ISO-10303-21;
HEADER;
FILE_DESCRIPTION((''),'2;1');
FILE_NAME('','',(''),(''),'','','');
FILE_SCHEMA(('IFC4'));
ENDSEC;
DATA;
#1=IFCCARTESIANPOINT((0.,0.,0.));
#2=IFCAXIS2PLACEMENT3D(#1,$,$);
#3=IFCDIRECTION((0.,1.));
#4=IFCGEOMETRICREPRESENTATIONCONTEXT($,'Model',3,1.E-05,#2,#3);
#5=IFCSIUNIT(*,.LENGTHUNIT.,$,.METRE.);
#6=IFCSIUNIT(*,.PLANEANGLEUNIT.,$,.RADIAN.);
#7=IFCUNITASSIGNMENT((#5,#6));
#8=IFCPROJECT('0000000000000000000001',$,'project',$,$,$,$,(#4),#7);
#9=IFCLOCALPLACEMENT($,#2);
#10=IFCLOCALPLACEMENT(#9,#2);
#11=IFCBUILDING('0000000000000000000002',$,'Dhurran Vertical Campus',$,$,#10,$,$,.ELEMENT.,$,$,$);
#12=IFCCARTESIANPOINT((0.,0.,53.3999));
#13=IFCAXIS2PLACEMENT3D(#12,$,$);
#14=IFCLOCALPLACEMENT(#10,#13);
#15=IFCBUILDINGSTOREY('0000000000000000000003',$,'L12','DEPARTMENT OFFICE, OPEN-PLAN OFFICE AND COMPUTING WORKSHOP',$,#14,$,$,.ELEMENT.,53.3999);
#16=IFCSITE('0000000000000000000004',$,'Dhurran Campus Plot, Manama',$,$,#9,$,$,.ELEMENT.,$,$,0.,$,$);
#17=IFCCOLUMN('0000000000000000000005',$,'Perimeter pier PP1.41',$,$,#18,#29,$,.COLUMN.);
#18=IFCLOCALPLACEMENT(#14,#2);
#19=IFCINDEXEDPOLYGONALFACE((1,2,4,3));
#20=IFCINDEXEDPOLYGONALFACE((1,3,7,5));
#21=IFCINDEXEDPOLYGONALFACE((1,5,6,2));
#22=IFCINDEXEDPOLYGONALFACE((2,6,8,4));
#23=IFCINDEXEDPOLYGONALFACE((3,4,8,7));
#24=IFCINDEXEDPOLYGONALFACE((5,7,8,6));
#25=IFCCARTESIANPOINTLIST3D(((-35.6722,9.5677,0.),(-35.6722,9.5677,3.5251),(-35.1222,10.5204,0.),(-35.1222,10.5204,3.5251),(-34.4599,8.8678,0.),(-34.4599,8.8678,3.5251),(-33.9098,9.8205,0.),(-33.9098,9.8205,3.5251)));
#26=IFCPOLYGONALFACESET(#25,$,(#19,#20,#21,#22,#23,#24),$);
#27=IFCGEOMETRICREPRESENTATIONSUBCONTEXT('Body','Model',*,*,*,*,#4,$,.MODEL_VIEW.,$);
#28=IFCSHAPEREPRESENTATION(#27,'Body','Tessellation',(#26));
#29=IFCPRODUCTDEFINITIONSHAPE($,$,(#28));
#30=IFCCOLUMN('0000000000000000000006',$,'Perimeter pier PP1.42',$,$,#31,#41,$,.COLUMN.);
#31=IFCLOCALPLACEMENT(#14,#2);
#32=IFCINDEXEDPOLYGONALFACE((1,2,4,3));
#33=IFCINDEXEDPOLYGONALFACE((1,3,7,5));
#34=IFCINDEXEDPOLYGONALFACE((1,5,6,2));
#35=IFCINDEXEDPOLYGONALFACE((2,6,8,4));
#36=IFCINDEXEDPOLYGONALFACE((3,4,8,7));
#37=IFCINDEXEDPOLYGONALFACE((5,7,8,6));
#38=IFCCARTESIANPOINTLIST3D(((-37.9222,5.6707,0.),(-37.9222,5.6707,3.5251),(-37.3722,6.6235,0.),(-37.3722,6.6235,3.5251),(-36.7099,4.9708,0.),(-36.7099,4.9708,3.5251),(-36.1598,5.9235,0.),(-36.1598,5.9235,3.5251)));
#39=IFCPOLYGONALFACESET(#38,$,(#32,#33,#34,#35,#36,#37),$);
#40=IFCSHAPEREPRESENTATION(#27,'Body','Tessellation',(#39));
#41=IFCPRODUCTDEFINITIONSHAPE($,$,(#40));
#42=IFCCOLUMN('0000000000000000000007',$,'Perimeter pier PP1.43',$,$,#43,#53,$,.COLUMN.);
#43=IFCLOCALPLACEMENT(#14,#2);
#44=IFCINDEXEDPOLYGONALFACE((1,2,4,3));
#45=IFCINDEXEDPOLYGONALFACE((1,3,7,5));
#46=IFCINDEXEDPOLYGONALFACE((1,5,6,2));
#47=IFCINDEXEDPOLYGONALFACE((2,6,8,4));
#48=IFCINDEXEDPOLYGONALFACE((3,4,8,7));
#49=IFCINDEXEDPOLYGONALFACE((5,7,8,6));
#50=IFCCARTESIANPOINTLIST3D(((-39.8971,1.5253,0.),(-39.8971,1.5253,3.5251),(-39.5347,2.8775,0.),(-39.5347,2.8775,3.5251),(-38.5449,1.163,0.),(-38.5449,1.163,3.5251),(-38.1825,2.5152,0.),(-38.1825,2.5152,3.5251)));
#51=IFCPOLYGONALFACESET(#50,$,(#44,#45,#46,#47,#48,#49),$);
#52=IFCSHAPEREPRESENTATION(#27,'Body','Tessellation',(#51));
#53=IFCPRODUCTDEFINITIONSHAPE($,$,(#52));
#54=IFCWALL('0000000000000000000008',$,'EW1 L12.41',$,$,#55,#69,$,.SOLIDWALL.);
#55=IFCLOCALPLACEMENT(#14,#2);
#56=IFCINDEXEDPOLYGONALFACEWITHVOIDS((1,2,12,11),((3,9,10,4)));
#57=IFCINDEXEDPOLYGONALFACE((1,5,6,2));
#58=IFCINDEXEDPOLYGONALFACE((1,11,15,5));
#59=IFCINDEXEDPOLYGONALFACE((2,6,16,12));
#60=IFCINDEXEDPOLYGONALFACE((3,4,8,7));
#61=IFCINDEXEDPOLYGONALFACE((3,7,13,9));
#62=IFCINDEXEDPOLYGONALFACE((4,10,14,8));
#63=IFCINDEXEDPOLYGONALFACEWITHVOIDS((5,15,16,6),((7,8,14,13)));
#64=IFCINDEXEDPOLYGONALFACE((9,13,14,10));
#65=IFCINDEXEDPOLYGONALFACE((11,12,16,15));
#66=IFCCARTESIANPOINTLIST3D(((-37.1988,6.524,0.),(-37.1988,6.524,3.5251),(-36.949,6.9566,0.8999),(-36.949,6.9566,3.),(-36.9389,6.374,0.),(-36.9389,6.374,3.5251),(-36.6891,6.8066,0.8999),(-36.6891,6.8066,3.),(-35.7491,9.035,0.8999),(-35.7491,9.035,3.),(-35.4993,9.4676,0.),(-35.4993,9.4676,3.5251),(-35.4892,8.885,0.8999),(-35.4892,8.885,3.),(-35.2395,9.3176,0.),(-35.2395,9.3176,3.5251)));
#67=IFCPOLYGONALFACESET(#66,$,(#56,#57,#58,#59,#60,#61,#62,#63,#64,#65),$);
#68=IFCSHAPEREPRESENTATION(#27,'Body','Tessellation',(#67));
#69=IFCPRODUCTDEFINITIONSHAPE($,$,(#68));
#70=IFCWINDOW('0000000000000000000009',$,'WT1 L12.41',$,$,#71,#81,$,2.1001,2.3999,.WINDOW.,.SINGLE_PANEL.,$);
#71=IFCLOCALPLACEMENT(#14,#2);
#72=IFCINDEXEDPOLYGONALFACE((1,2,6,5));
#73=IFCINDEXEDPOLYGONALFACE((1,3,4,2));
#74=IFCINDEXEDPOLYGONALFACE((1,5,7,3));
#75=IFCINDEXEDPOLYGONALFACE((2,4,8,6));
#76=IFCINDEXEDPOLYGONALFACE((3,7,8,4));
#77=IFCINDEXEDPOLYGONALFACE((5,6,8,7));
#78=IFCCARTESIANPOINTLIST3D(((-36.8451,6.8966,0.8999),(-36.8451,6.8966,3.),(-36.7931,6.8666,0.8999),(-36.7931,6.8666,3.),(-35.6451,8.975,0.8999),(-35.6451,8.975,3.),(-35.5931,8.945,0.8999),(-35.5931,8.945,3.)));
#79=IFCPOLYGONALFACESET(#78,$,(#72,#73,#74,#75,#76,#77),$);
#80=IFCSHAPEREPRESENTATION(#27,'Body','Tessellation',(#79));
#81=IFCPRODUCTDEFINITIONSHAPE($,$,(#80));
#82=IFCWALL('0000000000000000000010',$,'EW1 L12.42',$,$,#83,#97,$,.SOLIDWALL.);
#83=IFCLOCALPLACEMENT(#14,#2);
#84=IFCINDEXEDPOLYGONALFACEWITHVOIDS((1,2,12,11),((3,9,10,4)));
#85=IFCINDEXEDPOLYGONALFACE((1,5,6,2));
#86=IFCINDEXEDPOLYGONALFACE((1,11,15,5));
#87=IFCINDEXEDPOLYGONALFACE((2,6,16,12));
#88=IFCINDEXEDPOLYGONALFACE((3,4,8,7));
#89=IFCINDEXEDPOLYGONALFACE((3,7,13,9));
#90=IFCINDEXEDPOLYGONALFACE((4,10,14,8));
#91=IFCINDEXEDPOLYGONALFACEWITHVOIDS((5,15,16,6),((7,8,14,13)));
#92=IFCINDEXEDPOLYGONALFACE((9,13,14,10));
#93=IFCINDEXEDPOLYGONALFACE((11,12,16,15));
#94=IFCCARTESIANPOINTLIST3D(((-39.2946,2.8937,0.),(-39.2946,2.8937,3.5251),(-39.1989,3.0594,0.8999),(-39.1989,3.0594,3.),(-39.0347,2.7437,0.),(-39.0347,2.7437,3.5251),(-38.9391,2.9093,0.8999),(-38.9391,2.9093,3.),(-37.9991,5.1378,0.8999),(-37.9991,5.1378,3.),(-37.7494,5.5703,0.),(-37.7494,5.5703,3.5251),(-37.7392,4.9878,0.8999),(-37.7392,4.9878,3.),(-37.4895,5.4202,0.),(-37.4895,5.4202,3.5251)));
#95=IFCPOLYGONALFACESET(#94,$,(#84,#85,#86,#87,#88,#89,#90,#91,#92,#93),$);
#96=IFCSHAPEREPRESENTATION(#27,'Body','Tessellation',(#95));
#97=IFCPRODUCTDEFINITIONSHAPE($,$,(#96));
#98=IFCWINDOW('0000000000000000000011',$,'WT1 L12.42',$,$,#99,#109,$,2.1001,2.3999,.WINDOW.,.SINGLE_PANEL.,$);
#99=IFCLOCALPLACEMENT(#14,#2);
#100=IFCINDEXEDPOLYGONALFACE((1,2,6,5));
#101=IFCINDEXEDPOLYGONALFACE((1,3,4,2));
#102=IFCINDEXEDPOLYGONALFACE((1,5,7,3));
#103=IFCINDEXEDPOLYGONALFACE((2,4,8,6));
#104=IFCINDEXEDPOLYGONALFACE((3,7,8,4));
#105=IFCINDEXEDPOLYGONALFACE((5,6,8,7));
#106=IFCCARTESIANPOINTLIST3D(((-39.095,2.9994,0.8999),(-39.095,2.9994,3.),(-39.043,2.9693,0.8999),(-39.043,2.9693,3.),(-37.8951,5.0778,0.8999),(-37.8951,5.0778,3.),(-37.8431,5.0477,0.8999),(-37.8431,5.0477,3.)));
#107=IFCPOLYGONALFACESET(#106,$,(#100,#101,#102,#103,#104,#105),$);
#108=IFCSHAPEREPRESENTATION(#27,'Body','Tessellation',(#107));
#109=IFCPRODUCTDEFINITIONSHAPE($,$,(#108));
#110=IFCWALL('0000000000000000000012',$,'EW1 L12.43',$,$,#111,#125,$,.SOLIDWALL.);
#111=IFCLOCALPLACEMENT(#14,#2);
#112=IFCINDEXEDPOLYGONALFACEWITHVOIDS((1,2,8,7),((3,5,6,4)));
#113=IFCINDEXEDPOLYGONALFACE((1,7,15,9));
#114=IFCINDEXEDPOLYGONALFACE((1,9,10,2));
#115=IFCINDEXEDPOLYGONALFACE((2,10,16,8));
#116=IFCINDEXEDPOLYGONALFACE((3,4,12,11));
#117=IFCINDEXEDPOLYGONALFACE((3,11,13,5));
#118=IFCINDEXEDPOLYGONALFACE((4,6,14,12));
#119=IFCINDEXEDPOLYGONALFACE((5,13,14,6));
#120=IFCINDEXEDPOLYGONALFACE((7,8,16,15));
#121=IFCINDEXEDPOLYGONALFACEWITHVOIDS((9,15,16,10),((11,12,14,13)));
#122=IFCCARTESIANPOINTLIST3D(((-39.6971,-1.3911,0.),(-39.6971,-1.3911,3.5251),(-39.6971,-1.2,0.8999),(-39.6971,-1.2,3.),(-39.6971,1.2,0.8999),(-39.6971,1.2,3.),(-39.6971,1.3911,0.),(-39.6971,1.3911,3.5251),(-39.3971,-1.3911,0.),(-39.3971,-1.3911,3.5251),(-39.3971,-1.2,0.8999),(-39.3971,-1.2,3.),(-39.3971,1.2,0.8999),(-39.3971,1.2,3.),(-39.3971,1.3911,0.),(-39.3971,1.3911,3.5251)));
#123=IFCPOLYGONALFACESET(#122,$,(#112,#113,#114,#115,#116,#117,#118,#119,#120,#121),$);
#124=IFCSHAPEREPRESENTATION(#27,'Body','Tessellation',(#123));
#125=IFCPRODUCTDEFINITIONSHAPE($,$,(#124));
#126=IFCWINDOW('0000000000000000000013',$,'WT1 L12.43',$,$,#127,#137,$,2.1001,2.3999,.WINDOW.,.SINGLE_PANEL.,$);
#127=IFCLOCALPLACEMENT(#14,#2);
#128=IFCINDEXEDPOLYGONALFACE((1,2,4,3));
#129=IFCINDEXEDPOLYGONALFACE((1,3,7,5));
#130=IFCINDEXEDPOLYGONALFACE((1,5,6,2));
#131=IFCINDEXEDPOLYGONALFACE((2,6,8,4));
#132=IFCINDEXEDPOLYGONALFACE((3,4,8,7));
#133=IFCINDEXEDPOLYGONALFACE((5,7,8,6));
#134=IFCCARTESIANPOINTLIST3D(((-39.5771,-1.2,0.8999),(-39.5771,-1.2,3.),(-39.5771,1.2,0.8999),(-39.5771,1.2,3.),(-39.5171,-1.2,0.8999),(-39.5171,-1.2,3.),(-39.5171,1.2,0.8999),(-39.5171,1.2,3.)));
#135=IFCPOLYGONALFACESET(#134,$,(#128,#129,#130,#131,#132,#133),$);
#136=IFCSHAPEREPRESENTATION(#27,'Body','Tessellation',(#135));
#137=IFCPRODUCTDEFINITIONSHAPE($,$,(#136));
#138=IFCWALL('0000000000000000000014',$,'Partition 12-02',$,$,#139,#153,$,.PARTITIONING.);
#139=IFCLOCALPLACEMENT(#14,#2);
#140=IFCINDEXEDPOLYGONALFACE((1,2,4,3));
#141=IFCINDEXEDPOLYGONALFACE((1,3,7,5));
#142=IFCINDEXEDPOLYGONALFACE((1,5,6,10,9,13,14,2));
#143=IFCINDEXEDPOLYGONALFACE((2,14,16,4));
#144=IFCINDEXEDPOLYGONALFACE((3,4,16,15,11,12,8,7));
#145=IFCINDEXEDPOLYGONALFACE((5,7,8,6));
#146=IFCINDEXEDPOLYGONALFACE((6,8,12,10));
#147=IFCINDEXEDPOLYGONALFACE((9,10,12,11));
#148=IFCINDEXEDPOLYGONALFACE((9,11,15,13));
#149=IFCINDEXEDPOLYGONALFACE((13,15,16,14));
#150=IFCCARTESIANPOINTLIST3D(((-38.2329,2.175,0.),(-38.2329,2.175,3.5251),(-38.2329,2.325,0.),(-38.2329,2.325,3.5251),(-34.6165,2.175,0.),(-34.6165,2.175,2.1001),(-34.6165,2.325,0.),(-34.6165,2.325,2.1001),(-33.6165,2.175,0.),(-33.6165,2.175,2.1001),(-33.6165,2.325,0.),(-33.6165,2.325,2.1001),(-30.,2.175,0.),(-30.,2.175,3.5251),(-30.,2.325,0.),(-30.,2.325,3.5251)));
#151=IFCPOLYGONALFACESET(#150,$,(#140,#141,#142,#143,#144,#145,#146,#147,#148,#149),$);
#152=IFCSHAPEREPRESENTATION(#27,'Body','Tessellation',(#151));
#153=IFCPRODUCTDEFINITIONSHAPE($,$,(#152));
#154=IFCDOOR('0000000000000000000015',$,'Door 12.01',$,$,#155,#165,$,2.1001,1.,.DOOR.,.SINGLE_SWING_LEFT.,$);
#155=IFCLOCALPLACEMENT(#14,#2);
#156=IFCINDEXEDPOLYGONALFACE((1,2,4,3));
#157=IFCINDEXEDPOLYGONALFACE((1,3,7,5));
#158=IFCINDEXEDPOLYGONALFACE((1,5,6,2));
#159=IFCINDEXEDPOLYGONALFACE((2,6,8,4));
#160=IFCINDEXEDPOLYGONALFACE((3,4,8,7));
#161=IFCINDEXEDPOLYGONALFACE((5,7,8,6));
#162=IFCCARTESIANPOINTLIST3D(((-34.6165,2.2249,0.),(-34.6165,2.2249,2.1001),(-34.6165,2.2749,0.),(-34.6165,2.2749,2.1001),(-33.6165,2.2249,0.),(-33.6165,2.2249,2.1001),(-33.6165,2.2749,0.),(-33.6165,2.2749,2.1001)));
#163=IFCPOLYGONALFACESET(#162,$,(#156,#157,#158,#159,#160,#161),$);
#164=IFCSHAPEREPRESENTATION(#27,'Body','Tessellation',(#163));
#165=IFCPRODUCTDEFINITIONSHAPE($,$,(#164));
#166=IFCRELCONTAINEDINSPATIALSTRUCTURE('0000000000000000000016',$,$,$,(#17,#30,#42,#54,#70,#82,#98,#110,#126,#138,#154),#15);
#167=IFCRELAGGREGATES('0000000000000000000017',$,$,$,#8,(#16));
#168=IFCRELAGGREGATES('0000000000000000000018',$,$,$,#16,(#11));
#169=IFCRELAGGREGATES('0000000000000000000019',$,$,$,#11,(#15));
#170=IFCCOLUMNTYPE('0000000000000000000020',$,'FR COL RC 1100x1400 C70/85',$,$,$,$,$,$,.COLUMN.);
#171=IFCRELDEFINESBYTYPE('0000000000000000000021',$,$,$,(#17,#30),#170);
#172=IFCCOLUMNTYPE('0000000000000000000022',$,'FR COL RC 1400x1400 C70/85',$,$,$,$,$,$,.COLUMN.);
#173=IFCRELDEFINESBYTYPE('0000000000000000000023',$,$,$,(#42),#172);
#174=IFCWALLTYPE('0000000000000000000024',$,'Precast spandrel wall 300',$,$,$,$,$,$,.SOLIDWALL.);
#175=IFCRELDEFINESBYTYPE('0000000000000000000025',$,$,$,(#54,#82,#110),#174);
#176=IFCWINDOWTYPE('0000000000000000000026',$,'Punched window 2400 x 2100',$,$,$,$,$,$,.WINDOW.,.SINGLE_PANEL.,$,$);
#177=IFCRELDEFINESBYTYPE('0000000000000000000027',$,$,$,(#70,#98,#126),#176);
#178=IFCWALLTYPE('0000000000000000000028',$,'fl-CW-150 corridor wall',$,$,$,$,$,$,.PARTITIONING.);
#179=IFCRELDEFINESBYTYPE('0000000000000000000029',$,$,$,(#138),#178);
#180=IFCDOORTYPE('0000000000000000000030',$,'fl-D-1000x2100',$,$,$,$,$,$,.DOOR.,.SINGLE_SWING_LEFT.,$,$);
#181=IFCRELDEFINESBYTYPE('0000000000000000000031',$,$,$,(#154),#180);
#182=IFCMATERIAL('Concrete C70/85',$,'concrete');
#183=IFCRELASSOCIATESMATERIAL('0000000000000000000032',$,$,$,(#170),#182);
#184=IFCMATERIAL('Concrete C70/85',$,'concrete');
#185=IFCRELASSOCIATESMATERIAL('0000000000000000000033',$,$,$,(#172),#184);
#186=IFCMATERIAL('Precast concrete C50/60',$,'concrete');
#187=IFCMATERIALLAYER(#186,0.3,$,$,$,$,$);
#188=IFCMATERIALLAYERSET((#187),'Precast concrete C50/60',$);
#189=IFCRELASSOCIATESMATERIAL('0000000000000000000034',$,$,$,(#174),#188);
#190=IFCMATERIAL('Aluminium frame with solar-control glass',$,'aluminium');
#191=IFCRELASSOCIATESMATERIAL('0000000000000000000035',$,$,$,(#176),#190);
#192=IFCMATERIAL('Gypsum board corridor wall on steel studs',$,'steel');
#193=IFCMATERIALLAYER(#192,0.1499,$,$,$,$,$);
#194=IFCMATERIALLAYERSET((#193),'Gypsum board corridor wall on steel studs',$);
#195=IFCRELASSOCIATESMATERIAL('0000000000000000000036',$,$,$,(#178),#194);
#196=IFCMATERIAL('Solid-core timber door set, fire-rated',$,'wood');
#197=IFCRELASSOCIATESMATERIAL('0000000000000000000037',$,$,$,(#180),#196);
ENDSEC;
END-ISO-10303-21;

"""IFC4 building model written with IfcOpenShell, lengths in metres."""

from ifc_helpers import new_model, si_unit, direction, frame, frame_2d, origin, origin_2d, place, context, subcontext, project, spatial, rectangle, extrude, material, layer, layer_set, material_profile, profile_set, type_object, element, fill, save


model = new_model("IFC4")

# Units and contexts
model_context = context("Model", 3, precision=1e-05, world=origin(), true_north=direction((0.0, 1.0)))
body_context = subcontext(model_context, "Body", "Model", "MODEL_VIEW")
ifc_project = project(units=[si_unit("LENGTHUNIT", "METRE"), si_unit("PLANEANGLEUNIT", "RADIAN")], contexts=[model_context])

# Site, building, storey
site_placement = place(None, origin())
site = spatial("IfcSite", under=ifc_project, at=site_placement, Name="Dhurran Campus Plot, Manama", CompositionType="ELEMENT", RefElevation=0.0)
building_placement = place(site_placement, origin())
building = spatial("IfcBuilding", under=site, at=building_placement, Name="Dhurran Vertical Campus", CompositionType="ELEMENT")
storey_placement = place(building_placement, frame((0.0, 0.0, 53.3999)))
storey = spatial("IfcBuildingStorey", under=building, at=storey_placement, Name="L12", Description="DEPARTMENT OFFICE, OPEN-PLAN OFFICE AND COMPUTING WORKSHOP", CompositionType="ELEMENT", Elevation=53.3999)

# Columns
ifc_material_1 = material(Name="Concrete C70/85", Category="concrete")
ifc_material_profile_1 = material_profile(ifc_material_1, rectangle(XDim=1.1001, YDim=1.3999, at=origin_2d()), Name="RC 1100x1400")
ifc_profile_set_1 = profile_set([ifc_material_profile_1], Name="Concrete C70/85")
column_type_1 = type_object("IfcColumnType", Name="FR COL RC 1100x1400 C70/85", PredefinedType="COLUMN", material=ifc_profile_set_1)
for number, where, z_axis, x_axis, name in (
    (1, (-34.791, 9.6941, 0.0), (0.0, 0.0, 1.0), (-0.5, -0.866025, 0.0), "Perimeter pier PP1.41"),
    (2, (-37.041, 5.7971, 0.0), (0.0, 0.0, 1.0), (-0.5, -0.866025, 0.0), "Perimeter pier PP1.42"),
):
    element("IfcColumn", number, at=place(storey_placement, frame(where, z_axis=z_axis, x_axis=x_axis)), inside=storey, type_object=column_type_1, Name=name, PredefinedType="COLUMN", context=body_context, shape_type="SweptSolid", body=[
        extrude(rectangle(XDim=1.1001, YDim=1.3999, at=origin_2d()), origin(), (0.0, 0.0, 1.0), 3.5251),
    ])
ifc_material_2 = material(Name="Concrete C70/85", Category="concrete")
ifc_material_profile_2 = material_profile(ifc_material_2, rectangle(XDim=1.3999, YDim=1.3999, at=origin_2d()), Name="RC 1400x1400")
ifc_profile_set_2 = profile_set([ifc_material_profile_2], Name="Concrete C70/85")
column_type_2 = type_object("IfcColumnType", Name="FR COL RC 1400x1400 C70/85", PredefinedType="COLUMN", material=ifc_profile_set_2)
column_placement = place(storey_placement, frame((-39.0398, 2.0203, 0.0), z_axis=(0.0, 0.0, 1.0), x_axis=(-0.258819, -0.965926, 0.0)))
element("IfcColumn", 3, at=column_placement, inside=storey, type_object=column_type_2, Name="Perimeter pier PP1.43", PredefinedType="COLUMN", context=body_context, shape_type="SweptSolid", body=[
    extrude(rectangle(XDim=1.3999, YDim=1.3999, at=origin_2d()), origin(), (0.0, 0.0, 1.0), 3.5251),
])

# Walls, openings, windows
ifc_material_3 = material(Name="Precast concrete C50/60", Category="concrete")
ifc_layer_1 = layer(ifc_material_3, 0.3)
ifc_layer_set_1 = layer_set([ifc_layer_1], Name="Precast concrete C50/60")
wall_type_1 = type_object("IfcWallType", Name="Precast spandrel wall 300", PredefinedType="SOLIDWALL", material=ifc_layer_set_1)
wall_1_placement = place(storey_placement, frame((-35.3694, 9.3926, 0.0), z_axis=(0.0, 0.0, 1.0), x_axis=(-0.499994, -0.866029, 0.0)))
wall_1 = element("IfcWall", 4, at=wall_1_placement, inside=storey, type_object=wall_type_1, Name="EW1 L12.41", PredefinedType="SOLIDWALL", context=body_context, shape_type="SweptSolid", body=[
    extrude(rectangle(XDim=3.3989, YDim=0.3, at=frame_2d((1.6995, 0.0))), origin(), (0.0, 0.0, 1.0), 3.5251),
])
opening_1_placement = place(wall_1_placement, frame((0.4995, 0.0, 0.8999)))
opening_1 = element("IfcOpeningElement", 5, at=opening_1_placement, cuts=wall_1, PredefinedType="OPENING", context=body_context, shape_type="SweptSolid", body=[
    extrude(rectangle(XDim=2.3999, YDim=2.1001, at=frame_2d((1.2, 1.05))), frame((0.0, 0.1599, 0.0), z_axis=(0.0, -1.0, 0.0), x_axis=(1.0, 0.0, 0.0)), (0.0, 0.0, 1.0), 0.3201),
])
ifc_material_4 = material(Name="Aluminium frame with solar-control glass", Category="aluminium")
window_type = type_object("IfcWindowType", Name="Punched window 2400 x 2100", PartitioningType="SINGLE_PANEL", PredefinedType="WINDOW", material=ifc_material_4)
window_1_placement = place(opening_1_placement, origin())
window_1 = element("IfcWindow", 6, at=window_1_placement, inside=storey, type_object=window_type, Name="WT1 L12.41", OverallHeight=2.1001, OverallWidth=2.3999, PartitioningType="SINGLE_PANEL", PredefinedType="WINDOW", context=body_context, shape_type="SweptSolid", body=[
    extrude(rectangle(XDim=2.3999, YDim=2.1001, at=frame_2d((1.2, 1.05))), frame((0.0, 0.03, 0.0), z_axis=(0.0, -1.0, 0.0), x_axis=(1.0, 0.0, 0.0)), (0.0, 0.0, 1.0), 0.0601),
])
fill(opening_1, window_1)
wall_2_placement = place(storey_placement, frame((-37.6194, 5.4954, 0.0), z_axis=(0.0, 0.0, 1.0), x_axis=(-0.499971, -0.866042, 0.0)))
wall_2 = element("IfcWall", 7, at=wall_2_placement, inside=storey, type_object=wall_type_1, Name="EW1 L12.42", PredefinedType="SOLIDWALL", context=body_context, shape_type="SweptSolid", body=[
    extrude(rectangle(XDim=3.0906, YDim=0.3, at=frame_2d((1.5454, 0.0))), origin(), (0.0, 0.0, 1.0), 3.5251),
])
opening_2_placement = place(wall_2_placement, frame((0.4995, 0.0, 0.8999)))
opening_2 = element("IfcOpeningElement", 8, at=opening_2_placement, cuts=wall_2, PredefinedType="OPENING", context=body_context, shape_type="SweptSolid", body=[
    extrude(rectangle(XDim=2.3999, YDim=2.1001, at=frame_2d((1.2, 1.05))), frame((0.0, 0.1599, 0.0), z_axis=(0.0, -1.0, 0.0), x_axis=(1.0, 0.0, 0.0)), (0.0, 0.0, 1.0), 0.3201),
])
window_2_placement = place(opening_2_placement, origin())
window_2 = element("IfcWindow", 9, at=window_2_placement, inside=storey, type_object=window_type, Name="WT1 L12.42", OverallHeight=2.1001, OverallWidth=2.3999, PartitioningType="SINGLE_PANEL", PredefinedType="WINDOW", context=body_context, shape_type="SweptSolid", body=[
    extrude(rectangle(XDim=2.3999, YDim=2.1001, at=frame_2d((1.2, 1.05))), frame((0.0, 0.03, 0.0), z_axis=(0.0, -1.0, 0.0), x_axis=(1.0, 0.0, 0.0)), (0.0, 0.0, 1.0), 0.0601),
])
fill(opening_2, window_2)
wall_3_placement = place(storey_placement, frame((-39.5471, 1.3911, 0.0), z_axis=(0.0, 0.0, 1.0), x_axis=(0.0, -1.0, 0.0)))
wall_3 = element("IfcWall", 10, at=wall_3_placement, inside=storey, type_object=wall_type_1, Name="EW1 L12.43", PredefinedType="SOLIDWALL", context=body_context, shape_type="SweptSolid", body=[
    extrude(rectangle(XDim=2.7822, YDim=0.3, at=frame_2d((1.3911, 0.0))), origin(), (0.0, 0.0, 1.0), 3.5251),
])
opening_3_placement = place(wall_3_placement, frame((0.1912, 0.0, 0.8999)))
opening_3 = element("IfcOpeningElement", 11, at=opening_3_placement, cuts=wall_3, PredefinedType="OPENING", context=body_context, shape_type="SweptSolid", body=[
    extrude(rectangle(XDim=2.3999, YDim=2.1001, at=frame_2d((1.2, 1.05))), frame((0.0, 0.1599, 0.0), z_axis=(0.0, -1.0, 0.0), x_axis=(1.0, 0.0, 0.0)), (0.0, 0.0, 1.0), 0.3201),
])
window_3_placement = place(opening_3_placement, origin())
window_3 = element("IfcWindow", 12, at=window_3_placement, inside=storey, type_object=window_type, Name="WT1 L12.43", OverallHeight=2.1001, OverallWidth=2.3999, PartitioningType="SINGLE_PANEL", PredefinedType="WINDOW", context=body_context, shape_type="SweptSolid", body=[
    extrude(rectangle(XDim=2.3999, YDim=2.1001, at=frame_2d((1.2, 1.05))), frame((0.0, 0.03, 0.0), z_axis=(0.0, -1.0, 0.0), x_axis=(1.0, 0.0, 0.0)), (0.0, 0.0, 1.0), 0.0601),
])
fill(opening_3, window_3)

# Wall, opening, door
ifc_material_5 = material(Name="Gypsum board corridor wall on steel studs", Category="steel")
ifc_layer_2 = layer(ifc_material_5, 0.1499)
ifc_layer_set_2 = layer_set([ifc_layer_2], Name="Gypsum board corridor wall on steel studs")
wall_type_2 = type_object("IfcWallType", Name="fl-CW-150 corridor wall", PredefinedType="PARTITIONING", material=ifc_layer_set_2)
wall_4_placement = place(storey_placement, frame((-38.2329, 2.25, 0.0), z_axis=(0.0, 0.0, 1.0), x_axis=(1.0, 0.0, 0.0)))
wall_4 = element("IfcWall", 13, at=wall_4_placement, inside=storey, type_object=wall_type_2, Name="Partition 12-02", PredefinedType="PARTITIONING", context=body_context, shape_type="SweptSolid", body=[
    extrude(rectangle(XDim=8.2329, YDim=0.1499, at=frame_2d((4.1165, 0.0))), origin(), (0.0, 0.0, 1.0), 3.5251),
])
opening_4_placement = place(wall_4_placement, frame((3.6165, 0.0, 0.0)))
opening_4 = element("IfcOpeningElement", 14, at=opening_4_placement, cuts=wall_4, PredefinedType="OPENING", context=body_context, shape_type="SweptSolid", body=[
    extrude(rectangle(XDim=1.0, YDim=2.1001, at=frame_2d((0.5, 1.05))), frame((0.0, 0.085, 0.0), z_axis=(0.0, -1.0, 0.0), x_axis=(1.0, 0.0, 0.0)), (0.0, 0.0, 1.0), 0.1699),
])
ifc_material_6 = material(Name="Solid-core timber door set, fire-rated", Category="wood")
door_type = type_object("IfcDoorType", Name="fl-D-1000x2100", OperationType="SINGLE_SWING_LEFT", PredefinedType="DOOR", material=ifc_material_6)
door_placement = place(opening_4_placement, origin())
door = element("IfcDoor", 15, at=door_placement, inside=storey, type_object=door_type, Name="Door 12.01", OperationType="SINGLE_SWING_LEFT", OverallHeight=2.1001, OverallWidth=1.0, PredefinedType="DOOR", context=body_context, shape_type="SweptSolid", body=[
    extrude(rectangle(XDim=1.0, YDim=2.1001, at=frame_2d((0.5, 1.05))), frame((0.0, 0.0249, 0.0), z_axis=(0.0, -1.0, 0.0), x_axis=(1.0, 0.0, 0.0)), (0.0, 0.0, 1.0), 0.05),
])
fill(opening_4, door)

save(model, "model.ifc")
